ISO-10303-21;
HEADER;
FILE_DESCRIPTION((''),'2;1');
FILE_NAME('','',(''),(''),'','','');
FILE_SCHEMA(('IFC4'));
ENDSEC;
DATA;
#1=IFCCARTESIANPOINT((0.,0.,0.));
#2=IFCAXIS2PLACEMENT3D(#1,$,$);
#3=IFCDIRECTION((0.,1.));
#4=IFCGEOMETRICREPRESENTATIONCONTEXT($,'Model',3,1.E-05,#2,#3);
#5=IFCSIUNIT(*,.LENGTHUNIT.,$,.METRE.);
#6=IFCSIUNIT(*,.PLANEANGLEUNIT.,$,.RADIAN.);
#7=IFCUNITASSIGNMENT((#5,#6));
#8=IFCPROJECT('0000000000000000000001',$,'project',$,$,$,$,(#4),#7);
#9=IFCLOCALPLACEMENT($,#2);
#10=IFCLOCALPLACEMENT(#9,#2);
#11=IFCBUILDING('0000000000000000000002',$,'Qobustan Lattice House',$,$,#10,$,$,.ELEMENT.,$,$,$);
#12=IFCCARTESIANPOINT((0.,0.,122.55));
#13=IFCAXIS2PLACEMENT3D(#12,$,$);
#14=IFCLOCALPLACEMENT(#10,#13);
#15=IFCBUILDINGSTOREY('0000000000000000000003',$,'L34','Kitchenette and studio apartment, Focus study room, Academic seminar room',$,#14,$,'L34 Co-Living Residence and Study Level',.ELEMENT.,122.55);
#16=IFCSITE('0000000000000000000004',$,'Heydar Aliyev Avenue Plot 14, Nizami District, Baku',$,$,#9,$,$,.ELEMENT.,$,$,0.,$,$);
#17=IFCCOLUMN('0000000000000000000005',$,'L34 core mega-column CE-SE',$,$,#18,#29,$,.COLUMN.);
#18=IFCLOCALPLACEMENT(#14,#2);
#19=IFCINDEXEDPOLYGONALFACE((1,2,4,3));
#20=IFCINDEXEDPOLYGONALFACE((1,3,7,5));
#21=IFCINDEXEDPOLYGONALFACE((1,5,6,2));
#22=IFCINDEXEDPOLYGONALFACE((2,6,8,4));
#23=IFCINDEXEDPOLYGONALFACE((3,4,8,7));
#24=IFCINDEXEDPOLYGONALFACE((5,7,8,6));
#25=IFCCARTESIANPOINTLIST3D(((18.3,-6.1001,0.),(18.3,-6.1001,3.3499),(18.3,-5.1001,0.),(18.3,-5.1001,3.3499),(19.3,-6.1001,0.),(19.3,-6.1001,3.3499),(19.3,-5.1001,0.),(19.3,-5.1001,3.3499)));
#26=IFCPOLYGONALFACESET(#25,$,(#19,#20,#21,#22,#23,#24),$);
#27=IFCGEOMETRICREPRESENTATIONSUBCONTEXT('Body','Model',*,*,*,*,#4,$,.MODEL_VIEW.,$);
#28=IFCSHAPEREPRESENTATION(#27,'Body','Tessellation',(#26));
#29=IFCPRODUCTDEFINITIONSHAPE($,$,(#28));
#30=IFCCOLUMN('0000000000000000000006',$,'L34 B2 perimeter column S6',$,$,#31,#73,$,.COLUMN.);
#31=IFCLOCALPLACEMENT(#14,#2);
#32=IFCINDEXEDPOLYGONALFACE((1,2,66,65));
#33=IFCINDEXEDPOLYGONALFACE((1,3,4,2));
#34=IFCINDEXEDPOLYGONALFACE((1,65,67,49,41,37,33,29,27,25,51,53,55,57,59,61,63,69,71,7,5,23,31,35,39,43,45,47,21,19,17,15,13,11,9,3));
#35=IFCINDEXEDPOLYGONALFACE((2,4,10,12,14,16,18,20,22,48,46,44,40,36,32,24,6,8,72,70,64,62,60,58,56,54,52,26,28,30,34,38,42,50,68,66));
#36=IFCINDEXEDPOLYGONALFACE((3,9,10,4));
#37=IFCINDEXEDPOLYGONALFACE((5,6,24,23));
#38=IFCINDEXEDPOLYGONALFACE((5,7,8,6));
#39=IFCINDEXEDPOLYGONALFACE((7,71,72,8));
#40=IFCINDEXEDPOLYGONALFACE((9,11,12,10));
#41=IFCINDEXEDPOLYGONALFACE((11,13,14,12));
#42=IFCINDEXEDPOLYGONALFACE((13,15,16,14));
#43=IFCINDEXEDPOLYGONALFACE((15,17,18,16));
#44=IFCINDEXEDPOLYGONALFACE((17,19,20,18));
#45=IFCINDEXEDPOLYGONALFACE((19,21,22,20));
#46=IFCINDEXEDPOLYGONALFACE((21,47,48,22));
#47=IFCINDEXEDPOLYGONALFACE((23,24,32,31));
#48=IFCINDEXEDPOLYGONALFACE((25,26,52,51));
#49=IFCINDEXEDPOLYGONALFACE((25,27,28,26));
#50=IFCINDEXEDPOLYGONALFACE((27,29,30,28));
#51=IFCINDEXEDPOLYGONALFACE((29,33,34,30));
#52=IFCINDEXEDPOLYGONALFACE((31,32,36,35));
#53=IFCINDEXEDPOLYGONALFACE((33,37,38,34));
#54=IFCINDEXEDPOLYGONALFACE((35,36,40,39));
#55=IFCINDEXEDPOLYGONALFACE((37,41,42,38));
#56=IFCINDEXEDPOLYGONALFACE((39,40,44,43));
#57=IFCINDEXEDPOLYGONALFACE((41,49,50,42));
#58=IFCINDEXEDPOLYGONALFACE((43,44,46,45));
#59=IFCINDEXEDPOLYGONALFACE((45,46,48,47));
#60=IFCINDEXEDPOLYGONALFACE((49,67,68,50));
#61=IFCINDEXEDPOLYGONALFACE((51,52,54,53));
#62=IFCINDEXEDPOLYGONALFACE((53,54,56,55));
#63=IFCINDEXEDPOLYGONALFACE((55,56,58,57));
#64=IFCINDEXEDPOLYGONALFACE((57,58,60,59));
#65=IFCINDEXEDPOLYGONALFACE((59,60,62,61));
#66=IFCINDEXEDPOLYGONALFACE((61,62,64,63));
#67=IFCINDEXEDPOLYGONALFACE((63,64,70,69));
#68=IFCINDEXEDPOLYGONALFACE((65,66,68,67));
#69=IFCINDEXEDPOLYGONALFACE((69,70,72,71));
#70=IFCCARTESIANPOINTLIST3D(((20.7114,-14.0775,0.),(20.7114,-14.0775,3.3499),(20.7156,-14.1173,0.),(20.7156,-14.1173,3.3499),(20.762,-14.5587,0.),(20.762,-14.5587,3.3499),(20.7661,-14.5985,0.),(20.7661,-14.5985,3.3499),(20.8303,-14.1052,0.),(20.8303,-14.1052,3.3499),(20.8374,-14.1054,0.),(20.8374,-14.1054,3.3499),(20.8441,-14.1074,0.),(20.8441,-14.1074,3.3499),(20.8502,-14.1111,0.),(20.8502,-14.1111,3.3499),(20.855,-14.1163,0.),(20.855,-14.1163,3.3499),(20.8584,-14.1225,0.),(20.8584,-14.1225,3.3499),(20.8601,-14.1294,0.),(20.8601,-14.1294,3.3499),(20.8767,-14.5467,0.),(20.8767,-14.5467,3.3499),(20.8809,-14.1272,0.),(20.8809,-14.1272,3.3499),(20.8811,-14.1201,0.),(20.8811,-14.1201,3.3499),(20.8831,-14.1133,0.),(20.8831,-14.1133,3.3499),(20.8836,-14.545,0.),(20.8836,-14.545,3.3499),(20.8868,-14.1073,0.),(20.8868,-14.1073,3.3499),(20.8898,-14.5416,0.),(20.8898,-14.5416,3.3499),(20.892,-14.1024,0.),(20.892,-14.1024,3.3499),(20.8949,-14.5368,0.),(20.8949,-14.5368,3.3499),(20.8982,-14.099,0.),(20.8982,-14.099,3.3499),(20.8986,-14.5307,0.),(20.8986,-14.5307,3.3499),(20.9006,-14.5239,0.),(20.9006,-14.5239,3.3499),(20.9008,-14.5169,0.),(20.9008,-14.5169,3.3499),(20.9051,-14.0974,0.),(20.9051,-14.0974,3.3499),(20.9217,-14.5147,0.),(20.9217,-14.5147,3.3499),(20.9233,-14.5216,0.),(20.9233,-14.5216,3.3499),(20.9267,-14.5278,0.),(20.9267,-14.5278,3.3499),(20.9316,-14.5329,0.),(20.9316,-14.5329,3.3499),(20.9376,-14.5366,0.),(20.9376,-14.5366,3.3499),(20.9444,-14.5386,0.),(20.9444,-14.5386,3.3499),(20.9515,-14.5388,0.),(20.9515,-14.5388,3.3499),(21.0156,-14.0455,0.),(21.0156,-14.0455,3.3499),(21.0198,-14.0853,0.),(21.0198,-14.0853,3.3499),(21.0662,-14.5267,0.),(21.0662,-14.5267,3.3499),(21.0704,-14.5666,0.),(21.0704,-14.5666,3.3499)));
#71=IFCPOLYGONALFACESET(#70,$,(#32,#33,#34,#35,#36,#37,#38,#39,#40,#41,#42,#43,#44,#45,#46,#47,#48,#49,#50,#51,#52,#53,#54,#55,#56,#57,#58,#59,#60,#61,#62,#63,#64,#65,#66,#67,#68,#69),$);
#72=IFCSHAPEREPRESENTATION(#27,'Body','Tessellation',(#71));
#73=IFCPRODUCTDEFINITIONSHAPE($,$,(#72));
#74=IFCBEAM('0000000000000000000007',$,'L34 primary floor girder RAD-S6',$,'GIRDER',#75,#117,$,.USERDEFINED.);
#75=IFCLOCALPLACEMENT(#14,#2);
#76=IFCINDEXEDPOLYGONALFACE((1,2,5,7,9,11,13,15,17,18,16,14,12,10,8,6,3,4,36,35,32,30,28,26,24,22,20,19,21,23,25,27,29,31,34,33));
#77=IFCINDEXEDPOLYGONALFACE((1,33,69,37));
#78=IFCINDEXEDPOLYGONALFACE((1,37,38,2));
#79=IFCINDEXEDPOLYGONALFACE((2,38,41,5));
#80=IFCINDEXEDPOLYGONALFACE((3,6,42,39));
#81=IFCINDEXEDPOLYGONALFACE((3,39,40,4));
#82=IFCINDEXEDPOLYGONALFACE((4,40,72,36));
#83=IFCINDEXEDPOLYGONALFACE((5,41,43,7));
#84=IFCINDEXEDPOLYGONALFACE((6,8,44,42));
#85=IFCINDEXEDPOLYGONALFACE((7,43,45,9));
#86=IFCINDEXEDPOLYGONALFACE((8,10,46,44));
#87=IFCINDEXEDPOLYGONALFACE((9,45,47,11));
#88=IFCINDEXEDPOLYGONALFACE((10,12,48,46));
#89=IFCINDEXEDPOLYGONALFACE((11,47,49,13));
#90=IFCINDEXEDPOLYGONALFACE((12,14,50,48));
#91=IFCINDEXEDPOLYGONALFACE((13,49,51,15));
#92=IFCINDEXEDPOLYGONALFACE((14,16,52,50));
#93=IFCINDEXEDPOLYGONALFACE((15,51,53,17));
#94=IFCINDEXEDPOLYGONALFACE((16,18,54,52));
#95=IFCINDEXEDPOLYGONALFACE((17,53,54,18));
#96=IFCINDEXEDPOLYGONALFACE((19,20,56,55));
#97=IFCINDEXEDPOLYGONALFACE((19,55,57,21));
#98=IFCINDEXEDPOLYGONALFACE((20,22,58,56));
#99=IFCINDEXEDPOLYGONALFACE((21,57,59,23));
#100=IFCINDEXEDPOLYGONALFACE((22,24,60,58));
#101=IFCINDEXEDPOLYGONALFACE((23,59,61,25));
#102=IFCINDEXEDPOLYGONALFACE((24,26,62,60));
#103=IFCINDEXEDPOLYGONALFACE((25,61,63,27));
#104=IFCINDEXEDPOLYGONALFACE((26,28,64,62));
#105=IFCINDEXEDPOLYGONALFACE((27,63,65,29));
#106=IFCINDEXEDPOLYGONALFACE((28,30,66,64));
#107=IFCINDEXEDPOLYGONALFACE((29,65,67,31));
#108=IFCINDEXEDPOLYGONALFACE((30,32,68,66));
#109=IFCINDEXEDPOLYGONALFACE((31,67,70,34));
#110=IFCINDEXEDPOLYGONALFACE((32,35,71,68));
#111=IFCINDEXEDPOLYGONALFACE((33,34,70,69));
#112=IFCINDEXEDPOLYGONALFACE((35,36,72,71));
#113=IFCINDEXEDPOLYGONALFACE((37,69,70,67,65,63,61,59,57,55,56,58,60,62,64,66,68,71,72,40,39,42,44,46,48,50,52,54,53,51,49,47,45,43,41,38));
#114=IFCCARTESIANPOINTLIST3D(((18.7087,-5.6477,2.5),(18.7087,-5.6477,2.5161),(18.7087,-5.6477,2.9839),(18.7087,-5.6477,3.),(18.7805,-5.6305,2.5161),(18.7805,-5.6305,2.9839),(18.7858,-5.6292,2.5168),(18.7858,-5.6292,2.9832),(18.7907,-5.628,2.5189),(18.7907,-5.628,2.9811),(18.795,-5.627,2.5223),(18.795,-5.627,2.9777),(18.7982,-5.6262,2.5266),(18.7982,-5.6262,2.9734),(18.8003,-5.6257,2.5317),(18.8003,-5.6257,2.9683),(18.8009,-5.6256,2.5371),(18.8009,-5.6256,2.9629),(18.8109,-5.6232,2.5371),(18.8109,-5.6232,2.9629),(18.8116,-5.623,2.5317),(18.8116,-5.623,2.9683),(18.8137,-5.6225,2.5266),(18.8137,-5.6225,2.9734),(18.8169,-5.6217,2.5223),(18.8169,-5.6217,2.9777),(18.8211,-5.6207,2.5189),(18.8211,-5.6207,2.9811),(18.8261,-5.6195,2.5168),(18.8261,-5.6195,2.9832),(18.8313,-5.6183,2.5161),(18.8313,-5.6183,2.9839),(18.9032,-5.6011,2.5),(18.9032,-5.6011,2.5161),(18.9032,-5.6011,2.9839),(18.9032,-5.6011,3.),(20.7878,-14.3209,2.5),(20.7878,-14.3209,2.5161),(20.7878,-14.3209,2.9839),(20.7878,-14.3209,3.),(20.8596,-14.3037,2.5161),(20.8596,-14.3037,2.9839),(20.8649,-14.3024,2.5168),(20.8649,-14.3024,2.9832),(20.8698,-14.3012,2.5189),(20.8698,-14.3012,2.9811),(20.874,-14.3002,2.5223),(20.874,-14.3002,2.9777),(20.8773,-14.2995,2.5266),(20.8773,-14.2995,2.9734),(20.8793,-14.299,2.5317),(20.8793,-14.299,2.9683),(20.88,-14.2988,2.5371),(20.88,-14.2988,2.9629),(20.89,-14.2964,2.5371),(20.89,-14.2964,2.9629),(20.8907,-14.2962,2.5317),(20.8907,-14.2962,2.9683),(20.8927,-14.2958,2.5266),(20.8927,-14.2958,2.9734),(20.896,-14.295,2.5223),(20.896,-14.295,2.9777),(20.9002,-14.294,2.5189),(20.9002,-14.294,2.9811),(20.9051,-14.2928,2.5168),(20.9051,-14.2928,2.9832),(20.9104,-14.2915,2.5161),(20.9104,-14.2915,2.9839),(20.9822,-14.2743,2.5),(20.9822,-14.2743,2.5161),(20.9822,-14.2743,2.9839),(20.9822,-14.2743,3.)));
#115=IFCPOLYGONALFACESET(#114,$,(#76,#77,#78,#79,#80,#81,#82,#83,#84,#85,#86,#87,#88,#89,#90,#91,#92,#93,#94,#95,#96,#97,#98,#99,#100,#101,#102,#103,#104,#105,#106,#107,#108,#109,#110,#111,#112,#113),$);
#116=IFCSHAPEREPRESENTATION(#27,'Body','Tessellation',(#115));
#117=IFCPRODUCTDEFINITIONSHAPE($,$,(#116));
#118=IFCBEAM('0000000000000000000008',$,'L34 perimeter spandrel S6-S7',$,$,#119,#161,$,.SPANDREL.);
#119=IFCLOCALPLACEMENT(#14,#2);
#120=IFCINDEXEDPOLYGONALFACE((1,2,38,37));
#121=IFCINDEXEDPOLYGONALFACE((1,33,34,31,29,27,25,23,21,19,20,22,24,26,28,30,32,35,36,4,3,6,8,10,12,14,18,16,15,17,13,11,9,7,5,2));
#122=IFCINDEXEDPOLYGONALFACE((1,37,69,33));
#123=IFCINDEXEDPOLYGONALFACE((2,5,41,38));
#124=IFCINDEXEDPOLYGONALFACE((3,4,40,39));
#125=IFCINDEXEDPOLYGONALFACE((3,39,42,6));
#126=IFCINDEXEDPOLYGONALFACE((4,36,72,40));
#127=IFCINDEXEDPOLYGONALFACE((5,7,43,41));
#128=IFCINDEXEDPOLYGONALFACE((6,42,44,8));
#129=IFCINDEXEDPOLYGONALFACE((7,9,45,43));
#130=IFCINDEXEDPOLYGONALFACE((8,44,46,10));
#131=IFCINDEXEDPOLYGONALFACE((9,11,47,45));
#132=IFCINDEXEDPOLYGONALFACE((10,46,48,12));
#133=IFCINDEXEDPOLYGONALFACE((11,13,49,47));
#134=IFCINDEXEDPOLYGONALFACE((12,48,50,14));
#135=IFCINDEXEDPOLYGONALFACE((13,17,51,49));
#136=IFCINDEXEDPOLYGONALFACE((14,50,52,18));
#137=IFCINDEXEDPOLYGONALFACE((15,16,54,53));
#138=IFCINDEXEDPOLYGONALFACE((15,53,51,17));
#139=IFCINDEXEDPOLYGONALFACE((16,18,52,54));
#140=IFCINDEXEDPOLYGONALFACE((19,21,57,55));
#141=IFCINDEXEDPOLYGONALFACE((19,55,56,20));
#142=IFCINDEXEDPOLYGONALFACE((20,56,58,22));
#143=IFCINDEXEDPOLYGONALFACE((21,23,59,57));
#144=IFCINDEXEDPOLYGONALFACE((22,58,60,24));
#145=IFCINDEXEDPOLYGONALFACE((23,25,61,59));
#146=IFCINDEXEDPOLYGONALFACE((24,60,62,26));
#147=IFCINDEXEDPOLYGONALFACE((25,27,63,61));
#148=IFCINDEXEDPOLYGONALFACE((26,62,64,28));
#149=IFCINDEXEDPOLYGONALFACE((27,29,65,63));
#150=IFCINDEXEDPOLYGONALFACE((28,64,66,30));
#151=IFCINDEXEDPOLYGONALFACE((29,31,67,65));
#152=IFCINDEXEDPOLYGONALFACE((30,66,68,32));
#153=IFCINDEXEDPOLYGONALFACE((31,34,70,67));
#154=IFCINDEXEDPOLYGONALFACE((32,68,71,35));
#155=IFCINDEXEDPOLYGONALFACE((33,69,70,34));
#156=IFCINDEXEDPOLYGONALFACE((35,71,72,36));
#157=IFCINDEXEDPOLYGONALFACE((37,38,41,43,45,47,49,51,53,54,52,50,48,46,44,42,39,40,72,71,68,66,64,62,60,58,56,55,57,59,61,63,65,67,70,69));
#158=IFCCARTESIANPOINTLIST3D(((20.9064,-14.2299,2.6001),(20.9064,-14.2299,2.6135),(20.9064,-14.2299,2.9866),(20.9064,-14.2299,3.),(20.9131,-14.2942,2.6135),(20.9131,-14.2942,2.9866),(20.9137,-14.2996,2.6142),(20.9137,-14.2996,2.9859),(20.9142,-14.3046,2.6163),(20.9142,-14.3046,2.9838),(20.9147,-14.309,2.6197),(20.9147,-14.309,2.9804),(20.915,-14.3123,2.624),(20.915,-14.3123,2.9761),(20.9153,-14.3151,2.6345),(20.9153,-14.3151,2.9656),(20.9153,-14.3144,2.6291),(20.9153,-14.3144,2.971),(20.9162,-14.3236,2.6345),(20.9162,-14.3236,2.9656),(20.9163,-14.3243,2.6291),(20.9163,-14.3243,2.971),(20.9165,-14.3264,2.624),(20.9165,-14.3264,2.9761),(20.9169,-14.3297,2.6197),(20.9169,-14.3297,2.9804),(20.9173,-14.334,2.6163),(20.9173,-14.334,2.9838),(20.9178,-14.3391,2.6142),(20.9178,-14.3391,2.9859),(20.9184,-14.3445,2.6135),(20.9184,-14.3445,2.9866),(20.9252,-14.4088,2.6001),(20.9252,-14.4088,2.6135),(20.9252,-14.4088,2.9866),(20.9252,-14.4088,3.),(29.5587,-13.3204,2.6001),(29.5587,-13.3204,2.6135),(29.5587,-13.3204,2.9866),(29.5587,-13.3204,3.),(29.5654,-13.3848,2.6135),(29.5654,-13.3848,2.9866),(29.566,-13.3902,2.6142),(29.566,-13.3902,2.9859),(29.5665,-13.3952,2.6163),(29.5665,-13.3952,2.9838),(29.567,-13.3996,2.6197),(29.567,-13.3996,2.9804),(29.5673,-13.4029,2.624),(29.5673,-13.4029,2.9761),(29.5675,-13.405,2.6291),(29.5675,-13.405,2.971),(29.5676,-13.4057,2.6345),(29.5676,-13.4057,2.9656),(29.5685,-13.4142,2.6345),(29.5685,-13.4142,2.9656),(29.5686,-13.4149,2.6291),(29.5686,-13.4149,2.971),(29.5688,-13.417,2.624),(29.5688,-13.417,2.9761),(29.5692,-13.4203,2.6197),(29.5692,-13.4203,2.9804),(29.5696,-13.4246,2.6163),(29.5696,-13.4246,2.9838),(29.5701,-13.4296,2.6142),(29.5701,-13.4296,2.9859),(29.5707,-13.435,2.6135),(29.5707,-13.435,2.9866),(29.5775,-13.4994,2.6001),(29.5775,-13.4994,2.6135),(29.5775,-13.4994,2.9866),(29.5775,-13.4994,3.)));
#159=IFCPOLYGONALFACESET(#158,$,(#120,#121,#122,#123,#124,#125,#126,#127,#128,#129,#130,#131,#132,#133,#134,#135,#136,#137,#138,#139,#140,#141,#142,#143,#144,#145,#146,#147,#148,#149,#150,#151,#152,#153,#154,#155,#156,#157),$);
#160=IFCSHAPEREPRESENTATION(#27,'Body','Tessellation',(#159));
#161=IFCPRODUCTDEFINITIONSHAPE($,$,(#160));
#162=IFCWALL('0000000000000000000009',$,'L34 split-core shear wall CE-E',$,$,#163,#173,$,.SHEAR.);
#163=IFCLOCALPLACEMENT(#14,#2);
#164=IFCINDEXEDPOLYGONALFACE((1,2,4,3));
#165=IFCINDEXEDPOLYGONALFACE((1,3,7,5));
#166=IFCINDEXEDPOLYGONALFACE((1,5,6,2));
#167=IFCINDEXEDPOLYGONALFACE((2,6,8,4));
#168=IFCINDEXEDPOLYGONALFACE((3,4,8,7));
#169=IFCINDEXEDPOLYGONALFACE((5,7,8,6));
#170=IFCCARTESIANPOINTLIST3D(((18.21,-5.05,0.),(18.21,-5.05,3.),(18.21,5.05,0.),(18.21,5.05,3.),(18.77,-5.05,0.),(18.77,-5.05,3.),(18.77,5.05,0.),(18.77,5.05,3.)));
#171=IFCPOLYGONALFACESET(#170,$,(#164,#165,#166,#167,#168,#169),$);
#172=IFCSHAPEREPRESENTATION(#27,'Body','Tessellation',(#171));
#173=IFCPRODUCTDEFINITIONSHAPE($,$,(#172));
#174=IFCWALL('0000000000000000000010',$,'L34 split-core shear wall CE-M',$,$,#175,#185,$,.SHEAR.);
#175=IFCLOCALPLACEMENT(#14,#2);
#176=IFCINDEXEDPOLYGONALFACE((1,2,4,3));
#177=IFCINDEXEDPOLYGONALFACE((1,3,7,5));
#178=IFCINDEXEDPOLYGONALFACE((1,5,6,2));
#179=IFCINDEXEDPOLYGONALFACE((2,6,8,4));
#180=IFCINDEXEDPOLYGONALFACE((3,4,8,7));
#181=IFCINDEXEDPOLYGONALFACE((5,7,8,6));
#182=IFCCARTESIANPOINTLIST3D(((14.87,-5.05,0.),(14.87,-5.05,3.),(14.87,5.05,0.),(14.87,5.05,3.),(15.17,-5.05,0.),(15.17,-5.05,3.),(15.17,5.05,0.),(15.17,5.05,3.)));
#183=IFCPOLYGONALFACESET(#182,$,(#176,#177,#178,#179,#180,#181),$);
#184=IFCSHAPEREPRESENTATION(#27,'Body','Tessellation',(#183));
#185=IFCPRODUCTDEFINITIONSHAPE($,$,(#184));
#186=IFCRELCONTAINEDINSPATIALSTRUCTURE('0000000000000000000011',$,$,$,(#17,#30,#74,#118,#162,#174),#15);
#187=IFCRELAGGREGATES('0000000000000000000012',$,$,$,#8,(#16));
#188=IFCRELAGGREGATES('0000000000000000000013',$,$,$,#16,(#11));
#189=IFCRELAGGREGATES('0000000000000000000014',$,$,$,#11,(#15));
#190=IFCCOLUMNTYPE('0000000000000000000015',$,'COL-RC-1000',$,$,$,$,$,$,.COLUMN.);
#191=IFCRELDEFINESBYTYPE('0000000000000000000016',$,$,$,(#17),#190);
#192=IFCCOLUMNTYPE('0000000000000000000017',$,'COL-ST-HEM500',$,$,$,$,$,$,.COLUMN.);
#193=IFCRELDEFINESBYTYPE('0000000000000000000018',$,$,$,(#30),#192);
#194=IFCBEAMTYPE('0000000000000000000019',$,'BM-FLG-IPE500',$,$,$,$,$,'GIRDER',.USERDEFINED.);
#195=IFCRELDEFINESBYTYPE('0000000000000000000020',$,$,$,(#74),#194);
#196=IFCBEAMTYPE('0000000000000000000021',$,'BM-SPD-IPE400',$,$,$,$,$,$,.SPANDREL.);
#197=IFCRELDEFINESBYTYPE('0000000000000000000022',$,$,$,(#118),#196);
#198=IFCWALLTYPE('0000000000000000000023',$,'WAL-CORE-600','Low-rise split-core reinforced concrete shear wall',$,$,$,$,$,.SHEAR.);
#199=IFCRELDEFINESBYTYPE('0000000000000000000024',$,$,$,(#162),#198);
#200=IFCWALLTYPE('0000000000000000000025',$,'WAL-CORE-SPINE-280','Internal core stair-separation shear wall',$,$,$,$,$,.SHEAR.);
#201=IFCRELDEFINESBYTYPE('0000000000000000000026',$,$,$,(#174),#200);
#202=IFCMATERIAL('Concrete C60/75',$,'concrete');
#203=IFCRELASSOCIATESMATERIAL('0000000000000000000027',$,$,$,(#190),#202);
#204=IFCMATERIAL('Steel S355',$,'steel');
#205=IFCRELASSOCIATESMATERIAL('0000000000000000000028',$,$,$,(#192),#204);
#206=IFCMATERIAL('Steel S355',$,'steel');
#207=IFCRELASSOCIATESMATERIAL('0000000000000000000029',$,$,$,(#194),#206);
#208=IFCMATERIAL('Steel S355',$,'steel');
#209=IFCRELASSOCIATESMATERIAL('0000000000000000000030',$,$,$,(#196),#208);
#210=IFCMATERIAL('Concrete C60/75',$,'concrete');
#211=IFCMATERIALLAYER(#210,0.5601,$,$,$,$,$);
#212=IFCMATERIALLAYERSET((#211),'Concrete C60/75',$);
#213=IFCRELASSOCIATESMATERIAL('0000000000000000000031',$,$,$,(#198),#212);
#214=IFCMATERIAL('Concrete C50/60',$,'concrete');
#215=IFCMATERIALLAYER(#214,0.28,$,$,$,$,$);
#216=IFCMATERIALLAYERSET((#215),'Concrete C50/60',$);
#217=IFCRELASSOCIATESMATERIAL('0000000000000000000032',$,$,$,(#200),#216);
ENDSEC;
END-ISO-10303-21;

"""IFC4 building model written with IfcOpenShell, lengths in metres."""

from ifc_helpers import new_model, si_unit, direction, frame, frame_2d, origin, origin_2d, place, context, subcontext, project, spatial, rectangle, i_section, extrude, material, layer, layer_set, material_profile, profile_set, type_object, element, save


model = new_model("IFC4")

# Units and contexts
model_context = context("Model", 3, precision=1e-05, world=origin(), true_north=direction((0.0, 1.0)))
body_context = subcontext(model_context, "Body", "Model", "MODEL_VIEW")
ifc_project = project(units=[si_unit("LENGTHUNIT", "METRE"), si_unit("PLANEANGLEUNIT", "RADIAN")], contexts=[model_context])

# Site, building, storey
site_placement = place(None, origin())
site = spatial("IfcSite", under=ifc_project, at=site_placement, Name="Heydar Aliyev Avenue Plot 14, Nizami District, Baku", CompositionType="ELEMENT", RefElevation=0.0)
building_placement = place(site_placement, origin())
building = spatial("IfcBuilding", under=site, at=building_placement, Name="Qobustan Lattice House", CompositionType="ELEMENT")
storey_placement = place(building_placement, frame((0.0, 0.0, 122.55)))
storey = spatial("IfcBuildingStorey", under=building, at=storey_placement, Name="L34", Description="Kitchenette and studio apartment, Focus study room, Academic seminar room", LongName="L34 Co-Living Residence and Study Level", CompositionType="ELEMENT", Elevation=122.55)

# Columns
ifc_material_1 = material(Name="Concrete C60/75", Category="concrete")
ifc_material_profile_1 = material_profile(ifc_material_1, rectangle(XDim=1.0, YDim=1.0, at=origin_2d()), Name="RC1000x1000")
ifc_profile_set_1 = profile_set([ifc_material_profile_1], Name="Concrete C60/75")
column_type_1 = type_object("IfcColumnType", Name="COL-RC-1000", PredefinedType="COLUMN", material=ifc_profile_set_1)
column_1_placement = place(storey_placement, frame((18.8, -5.6001, 0.0), z_axis=(0.0, 0.0, 1.0), x_axis=(1.0, 0.0, 0.0)))
element("IfcColumn", 1, at=column_1_placement, inside=storey, type_object=column_type_1, Name="L34 core mega-column CE-SE", PredefinedType="COLUMN", context=body_context, shape_type="SweptSolid", body=[
    extrude(rectangle(XDim=1.0, YDim=1.0, at=origin_2d()), origin(), (0.0, 0.0, 1.0), 3.3499),
])
ifc_material_2 = material(Name="Steel S355", Category="steel")
ifc_material_profile_2 = material_profile(ifc_material_2, i_section(OverallWidth=0.3059, OverallDepth=0.5239, WebThickness=0.021, FlangeThickness=0.04, FilletRadius=0.0271, at=origin_2d()), Name="HEM500")
ifc_profile_set_2 = profile_set([ifc_material_profile_2], Name="Steel S355")
column_type_2 = type_object("IfcColumnType", Name="COL-ST-HEM500", PredefinedType="COLUMN", material=ifc_profile_set_2)
column_2_placement = place(storey_placement, frame((20.8909, -14.322, 0.0), z_axis=(0.0, 0.0, 1.0), x_axis=(0.994522, 0.104528, 0.0)))
element("IfcColumn", 2, at=column_2_placement, inside=storey, type_object=column_type_2, Name="L34 B2 perimeter column S6", PredefinedType="COLUMN", context=body_context, shape_type="SweptSolid", body=[
    extrude(i_section(OverallWidth=0.3059, OverallDepth=0.5239, WebThickness=0.021, FlangeThickness=0.04, FilletRadius=0.0271, at=origin_2d()), origin(), (0.0, 0.0, 1.0), 3.3499),
])

# Beams
ifc_material_3 = material(Name="Steel S355", Category="steel")
ifc_material_profile_3 = material_profile(ifc_material_3, i_section(OverallWidth=0.2, OverallDepth=0.5, WebThickness=0.0103, FlangeThickness=0.0161, FilletRadius=0.021, at=origin_2d()), Name="IPE500")
ifc_profile_set_3 = profile_set([ifc_material_profile_3], Name="Steel S355")
beam_type_1 = type_object("IfcBeamType", Name="BM-FLG-IPE500", ElementType="GIRDER", PredefinedType="USERDEFINED", material=ifc_profile_set_3)
beam_1_placement = place(storey_placement, frame((20.885, -14.2976, 2.75), z_axis=(-0.233108, 0.972451, 0.0), x_axis=(-0.972451, -0.233108, 0.0)))
element("IfcBeam", 3, at=beam_1_placement, inside=storey, type_object=beam_type_1, Name="L34 primary floor girder RAD-S6", ObjectType="GIRDER", PredefinedType="USERDEFINED", context=body_context, shape_type="SweptSolid", body=[
    extrude(i_section(OverallWidth=0.2, OverallDepth=0.5, WebThickness=0.0103, FlangeThickness=0.0161, FilletRadius=0.021, at=origin_2d()), origin(), (0.0, 0.0, 1.0), 8.9189),
])
ifc_material_4 = material(Name="Steel S355", Category="steel")
ifc_material_profile_4 = material_profile(ifc_material_4, i_section(OverallWidth=0.1799, OverallDepth=0.3999, WebThickness=0.0085, FlangeThickness=0.0134, FilletRadius=0.021, at=origin_2d()), Name="IPE400")
ifc_profile_set_4 = profile_set([ifc_material_profile_4], Name="Steel S355")
beam_type_2 = type_object("IfcBeamType", Name="BM-SPD-IPE400", PredefinedType="SPANDREL", material=ifc_profile_set_4)
beam_2_placement = place(storey_placement, frame((20.9158, -14.3193, 2.8), z_axis=(0.994522, 0.104531, 0.0), x_axis=(-0.104531, 0.994522, 0.0)))
element("IfcBeam", 4, at=beam_2_placement, inside=storey, type_object=beam_type_2, Name="L34 perimeter spandrel S6-S7", PredefinedType="SPANDREL", context=body_context, shape_type="SweptSolid", body=[
    extrude(i_section(OverallWidth=0.1799, OverallDepth=0.3999, WebThickness=0.0085, FlangeThickness=0.0134, FilletRadius=0.021, at=origin_2d()), origin(), (0.0, 0.0, 1.0), 8.7),
])

# Walls
ifc_material_5 = material(Name="Concrete C60/75", Category="concrete")
ifc_layer_1 = layer(ifc_material_5, 0.5601)
ifc_layer_set_1 = layer_set([ifc_layer_1], Name="Concrete C60/75")
wall_type_1 = type_object("IfcWallType", Name="WAL-CORE-600", Description="Low-rise split-core reinforced concrete shear wall", PredefinedType="SHEAR", material=ifc_layer_set_1)
wall_1_placement = place(storey_placement, frame((18.49, -5.05, 0.0), z_axis=(0.0, 0.0, 1.0), x_axis=(0.0, 1.0, 0.0)))
element("IfcWall", 5, at=wall_1_placement, inside=storey, type_object=wall_type_1, Name="L34 split-core shear wall CE-E", PredefinedType="SHEAR", context=body_context, shape_type="SweptSolid", body=[
    extrude(rectangle(XDim=10.1001, YDim=0.5601, at=frame_2d((5.05, 0.0))), origin(), (0.0, 0.0, 1.0), 3.0),
])
ifc_material_6 = material(Name="Concrete C50/60", Category="concrete")
ifc_layer_2 = layer(ifc_material_6, 0.28)
ifc_layer_set_2 = layer_set([ifc_layer_2], Name="Concrete C50/60")
wall_type_2 = type_object("IfcWallType", Name="WAL-CORE-SPINE-280", Description="Internal core stair-separation shear wall", PredefinedType="SHEAR", material=ifc_layer_set_2)
wall_2_placement = place(storey_placement, frame((15.02, -5.05, 0.0), z_axis=(0.0, 0.0, 1.0), x_axis=(0.0, 1.0, 0.0)))
element("IfcWall", 6, at=wall_2_placement, inside=storey, type_object=wall_type_2, Name="L34 split-core shear wall CE-M", PredefinedType="SHEAR", context=body_context, shape_type="SweptSolid", body=[
    extrude(rectangle(XDim=10.1001, YDim=0.3, at=frame_2d((5.05, 0.0))), origin(), (0.0, 0.0, 1.0), 3.0),
])

save(model, "model.ifc")
